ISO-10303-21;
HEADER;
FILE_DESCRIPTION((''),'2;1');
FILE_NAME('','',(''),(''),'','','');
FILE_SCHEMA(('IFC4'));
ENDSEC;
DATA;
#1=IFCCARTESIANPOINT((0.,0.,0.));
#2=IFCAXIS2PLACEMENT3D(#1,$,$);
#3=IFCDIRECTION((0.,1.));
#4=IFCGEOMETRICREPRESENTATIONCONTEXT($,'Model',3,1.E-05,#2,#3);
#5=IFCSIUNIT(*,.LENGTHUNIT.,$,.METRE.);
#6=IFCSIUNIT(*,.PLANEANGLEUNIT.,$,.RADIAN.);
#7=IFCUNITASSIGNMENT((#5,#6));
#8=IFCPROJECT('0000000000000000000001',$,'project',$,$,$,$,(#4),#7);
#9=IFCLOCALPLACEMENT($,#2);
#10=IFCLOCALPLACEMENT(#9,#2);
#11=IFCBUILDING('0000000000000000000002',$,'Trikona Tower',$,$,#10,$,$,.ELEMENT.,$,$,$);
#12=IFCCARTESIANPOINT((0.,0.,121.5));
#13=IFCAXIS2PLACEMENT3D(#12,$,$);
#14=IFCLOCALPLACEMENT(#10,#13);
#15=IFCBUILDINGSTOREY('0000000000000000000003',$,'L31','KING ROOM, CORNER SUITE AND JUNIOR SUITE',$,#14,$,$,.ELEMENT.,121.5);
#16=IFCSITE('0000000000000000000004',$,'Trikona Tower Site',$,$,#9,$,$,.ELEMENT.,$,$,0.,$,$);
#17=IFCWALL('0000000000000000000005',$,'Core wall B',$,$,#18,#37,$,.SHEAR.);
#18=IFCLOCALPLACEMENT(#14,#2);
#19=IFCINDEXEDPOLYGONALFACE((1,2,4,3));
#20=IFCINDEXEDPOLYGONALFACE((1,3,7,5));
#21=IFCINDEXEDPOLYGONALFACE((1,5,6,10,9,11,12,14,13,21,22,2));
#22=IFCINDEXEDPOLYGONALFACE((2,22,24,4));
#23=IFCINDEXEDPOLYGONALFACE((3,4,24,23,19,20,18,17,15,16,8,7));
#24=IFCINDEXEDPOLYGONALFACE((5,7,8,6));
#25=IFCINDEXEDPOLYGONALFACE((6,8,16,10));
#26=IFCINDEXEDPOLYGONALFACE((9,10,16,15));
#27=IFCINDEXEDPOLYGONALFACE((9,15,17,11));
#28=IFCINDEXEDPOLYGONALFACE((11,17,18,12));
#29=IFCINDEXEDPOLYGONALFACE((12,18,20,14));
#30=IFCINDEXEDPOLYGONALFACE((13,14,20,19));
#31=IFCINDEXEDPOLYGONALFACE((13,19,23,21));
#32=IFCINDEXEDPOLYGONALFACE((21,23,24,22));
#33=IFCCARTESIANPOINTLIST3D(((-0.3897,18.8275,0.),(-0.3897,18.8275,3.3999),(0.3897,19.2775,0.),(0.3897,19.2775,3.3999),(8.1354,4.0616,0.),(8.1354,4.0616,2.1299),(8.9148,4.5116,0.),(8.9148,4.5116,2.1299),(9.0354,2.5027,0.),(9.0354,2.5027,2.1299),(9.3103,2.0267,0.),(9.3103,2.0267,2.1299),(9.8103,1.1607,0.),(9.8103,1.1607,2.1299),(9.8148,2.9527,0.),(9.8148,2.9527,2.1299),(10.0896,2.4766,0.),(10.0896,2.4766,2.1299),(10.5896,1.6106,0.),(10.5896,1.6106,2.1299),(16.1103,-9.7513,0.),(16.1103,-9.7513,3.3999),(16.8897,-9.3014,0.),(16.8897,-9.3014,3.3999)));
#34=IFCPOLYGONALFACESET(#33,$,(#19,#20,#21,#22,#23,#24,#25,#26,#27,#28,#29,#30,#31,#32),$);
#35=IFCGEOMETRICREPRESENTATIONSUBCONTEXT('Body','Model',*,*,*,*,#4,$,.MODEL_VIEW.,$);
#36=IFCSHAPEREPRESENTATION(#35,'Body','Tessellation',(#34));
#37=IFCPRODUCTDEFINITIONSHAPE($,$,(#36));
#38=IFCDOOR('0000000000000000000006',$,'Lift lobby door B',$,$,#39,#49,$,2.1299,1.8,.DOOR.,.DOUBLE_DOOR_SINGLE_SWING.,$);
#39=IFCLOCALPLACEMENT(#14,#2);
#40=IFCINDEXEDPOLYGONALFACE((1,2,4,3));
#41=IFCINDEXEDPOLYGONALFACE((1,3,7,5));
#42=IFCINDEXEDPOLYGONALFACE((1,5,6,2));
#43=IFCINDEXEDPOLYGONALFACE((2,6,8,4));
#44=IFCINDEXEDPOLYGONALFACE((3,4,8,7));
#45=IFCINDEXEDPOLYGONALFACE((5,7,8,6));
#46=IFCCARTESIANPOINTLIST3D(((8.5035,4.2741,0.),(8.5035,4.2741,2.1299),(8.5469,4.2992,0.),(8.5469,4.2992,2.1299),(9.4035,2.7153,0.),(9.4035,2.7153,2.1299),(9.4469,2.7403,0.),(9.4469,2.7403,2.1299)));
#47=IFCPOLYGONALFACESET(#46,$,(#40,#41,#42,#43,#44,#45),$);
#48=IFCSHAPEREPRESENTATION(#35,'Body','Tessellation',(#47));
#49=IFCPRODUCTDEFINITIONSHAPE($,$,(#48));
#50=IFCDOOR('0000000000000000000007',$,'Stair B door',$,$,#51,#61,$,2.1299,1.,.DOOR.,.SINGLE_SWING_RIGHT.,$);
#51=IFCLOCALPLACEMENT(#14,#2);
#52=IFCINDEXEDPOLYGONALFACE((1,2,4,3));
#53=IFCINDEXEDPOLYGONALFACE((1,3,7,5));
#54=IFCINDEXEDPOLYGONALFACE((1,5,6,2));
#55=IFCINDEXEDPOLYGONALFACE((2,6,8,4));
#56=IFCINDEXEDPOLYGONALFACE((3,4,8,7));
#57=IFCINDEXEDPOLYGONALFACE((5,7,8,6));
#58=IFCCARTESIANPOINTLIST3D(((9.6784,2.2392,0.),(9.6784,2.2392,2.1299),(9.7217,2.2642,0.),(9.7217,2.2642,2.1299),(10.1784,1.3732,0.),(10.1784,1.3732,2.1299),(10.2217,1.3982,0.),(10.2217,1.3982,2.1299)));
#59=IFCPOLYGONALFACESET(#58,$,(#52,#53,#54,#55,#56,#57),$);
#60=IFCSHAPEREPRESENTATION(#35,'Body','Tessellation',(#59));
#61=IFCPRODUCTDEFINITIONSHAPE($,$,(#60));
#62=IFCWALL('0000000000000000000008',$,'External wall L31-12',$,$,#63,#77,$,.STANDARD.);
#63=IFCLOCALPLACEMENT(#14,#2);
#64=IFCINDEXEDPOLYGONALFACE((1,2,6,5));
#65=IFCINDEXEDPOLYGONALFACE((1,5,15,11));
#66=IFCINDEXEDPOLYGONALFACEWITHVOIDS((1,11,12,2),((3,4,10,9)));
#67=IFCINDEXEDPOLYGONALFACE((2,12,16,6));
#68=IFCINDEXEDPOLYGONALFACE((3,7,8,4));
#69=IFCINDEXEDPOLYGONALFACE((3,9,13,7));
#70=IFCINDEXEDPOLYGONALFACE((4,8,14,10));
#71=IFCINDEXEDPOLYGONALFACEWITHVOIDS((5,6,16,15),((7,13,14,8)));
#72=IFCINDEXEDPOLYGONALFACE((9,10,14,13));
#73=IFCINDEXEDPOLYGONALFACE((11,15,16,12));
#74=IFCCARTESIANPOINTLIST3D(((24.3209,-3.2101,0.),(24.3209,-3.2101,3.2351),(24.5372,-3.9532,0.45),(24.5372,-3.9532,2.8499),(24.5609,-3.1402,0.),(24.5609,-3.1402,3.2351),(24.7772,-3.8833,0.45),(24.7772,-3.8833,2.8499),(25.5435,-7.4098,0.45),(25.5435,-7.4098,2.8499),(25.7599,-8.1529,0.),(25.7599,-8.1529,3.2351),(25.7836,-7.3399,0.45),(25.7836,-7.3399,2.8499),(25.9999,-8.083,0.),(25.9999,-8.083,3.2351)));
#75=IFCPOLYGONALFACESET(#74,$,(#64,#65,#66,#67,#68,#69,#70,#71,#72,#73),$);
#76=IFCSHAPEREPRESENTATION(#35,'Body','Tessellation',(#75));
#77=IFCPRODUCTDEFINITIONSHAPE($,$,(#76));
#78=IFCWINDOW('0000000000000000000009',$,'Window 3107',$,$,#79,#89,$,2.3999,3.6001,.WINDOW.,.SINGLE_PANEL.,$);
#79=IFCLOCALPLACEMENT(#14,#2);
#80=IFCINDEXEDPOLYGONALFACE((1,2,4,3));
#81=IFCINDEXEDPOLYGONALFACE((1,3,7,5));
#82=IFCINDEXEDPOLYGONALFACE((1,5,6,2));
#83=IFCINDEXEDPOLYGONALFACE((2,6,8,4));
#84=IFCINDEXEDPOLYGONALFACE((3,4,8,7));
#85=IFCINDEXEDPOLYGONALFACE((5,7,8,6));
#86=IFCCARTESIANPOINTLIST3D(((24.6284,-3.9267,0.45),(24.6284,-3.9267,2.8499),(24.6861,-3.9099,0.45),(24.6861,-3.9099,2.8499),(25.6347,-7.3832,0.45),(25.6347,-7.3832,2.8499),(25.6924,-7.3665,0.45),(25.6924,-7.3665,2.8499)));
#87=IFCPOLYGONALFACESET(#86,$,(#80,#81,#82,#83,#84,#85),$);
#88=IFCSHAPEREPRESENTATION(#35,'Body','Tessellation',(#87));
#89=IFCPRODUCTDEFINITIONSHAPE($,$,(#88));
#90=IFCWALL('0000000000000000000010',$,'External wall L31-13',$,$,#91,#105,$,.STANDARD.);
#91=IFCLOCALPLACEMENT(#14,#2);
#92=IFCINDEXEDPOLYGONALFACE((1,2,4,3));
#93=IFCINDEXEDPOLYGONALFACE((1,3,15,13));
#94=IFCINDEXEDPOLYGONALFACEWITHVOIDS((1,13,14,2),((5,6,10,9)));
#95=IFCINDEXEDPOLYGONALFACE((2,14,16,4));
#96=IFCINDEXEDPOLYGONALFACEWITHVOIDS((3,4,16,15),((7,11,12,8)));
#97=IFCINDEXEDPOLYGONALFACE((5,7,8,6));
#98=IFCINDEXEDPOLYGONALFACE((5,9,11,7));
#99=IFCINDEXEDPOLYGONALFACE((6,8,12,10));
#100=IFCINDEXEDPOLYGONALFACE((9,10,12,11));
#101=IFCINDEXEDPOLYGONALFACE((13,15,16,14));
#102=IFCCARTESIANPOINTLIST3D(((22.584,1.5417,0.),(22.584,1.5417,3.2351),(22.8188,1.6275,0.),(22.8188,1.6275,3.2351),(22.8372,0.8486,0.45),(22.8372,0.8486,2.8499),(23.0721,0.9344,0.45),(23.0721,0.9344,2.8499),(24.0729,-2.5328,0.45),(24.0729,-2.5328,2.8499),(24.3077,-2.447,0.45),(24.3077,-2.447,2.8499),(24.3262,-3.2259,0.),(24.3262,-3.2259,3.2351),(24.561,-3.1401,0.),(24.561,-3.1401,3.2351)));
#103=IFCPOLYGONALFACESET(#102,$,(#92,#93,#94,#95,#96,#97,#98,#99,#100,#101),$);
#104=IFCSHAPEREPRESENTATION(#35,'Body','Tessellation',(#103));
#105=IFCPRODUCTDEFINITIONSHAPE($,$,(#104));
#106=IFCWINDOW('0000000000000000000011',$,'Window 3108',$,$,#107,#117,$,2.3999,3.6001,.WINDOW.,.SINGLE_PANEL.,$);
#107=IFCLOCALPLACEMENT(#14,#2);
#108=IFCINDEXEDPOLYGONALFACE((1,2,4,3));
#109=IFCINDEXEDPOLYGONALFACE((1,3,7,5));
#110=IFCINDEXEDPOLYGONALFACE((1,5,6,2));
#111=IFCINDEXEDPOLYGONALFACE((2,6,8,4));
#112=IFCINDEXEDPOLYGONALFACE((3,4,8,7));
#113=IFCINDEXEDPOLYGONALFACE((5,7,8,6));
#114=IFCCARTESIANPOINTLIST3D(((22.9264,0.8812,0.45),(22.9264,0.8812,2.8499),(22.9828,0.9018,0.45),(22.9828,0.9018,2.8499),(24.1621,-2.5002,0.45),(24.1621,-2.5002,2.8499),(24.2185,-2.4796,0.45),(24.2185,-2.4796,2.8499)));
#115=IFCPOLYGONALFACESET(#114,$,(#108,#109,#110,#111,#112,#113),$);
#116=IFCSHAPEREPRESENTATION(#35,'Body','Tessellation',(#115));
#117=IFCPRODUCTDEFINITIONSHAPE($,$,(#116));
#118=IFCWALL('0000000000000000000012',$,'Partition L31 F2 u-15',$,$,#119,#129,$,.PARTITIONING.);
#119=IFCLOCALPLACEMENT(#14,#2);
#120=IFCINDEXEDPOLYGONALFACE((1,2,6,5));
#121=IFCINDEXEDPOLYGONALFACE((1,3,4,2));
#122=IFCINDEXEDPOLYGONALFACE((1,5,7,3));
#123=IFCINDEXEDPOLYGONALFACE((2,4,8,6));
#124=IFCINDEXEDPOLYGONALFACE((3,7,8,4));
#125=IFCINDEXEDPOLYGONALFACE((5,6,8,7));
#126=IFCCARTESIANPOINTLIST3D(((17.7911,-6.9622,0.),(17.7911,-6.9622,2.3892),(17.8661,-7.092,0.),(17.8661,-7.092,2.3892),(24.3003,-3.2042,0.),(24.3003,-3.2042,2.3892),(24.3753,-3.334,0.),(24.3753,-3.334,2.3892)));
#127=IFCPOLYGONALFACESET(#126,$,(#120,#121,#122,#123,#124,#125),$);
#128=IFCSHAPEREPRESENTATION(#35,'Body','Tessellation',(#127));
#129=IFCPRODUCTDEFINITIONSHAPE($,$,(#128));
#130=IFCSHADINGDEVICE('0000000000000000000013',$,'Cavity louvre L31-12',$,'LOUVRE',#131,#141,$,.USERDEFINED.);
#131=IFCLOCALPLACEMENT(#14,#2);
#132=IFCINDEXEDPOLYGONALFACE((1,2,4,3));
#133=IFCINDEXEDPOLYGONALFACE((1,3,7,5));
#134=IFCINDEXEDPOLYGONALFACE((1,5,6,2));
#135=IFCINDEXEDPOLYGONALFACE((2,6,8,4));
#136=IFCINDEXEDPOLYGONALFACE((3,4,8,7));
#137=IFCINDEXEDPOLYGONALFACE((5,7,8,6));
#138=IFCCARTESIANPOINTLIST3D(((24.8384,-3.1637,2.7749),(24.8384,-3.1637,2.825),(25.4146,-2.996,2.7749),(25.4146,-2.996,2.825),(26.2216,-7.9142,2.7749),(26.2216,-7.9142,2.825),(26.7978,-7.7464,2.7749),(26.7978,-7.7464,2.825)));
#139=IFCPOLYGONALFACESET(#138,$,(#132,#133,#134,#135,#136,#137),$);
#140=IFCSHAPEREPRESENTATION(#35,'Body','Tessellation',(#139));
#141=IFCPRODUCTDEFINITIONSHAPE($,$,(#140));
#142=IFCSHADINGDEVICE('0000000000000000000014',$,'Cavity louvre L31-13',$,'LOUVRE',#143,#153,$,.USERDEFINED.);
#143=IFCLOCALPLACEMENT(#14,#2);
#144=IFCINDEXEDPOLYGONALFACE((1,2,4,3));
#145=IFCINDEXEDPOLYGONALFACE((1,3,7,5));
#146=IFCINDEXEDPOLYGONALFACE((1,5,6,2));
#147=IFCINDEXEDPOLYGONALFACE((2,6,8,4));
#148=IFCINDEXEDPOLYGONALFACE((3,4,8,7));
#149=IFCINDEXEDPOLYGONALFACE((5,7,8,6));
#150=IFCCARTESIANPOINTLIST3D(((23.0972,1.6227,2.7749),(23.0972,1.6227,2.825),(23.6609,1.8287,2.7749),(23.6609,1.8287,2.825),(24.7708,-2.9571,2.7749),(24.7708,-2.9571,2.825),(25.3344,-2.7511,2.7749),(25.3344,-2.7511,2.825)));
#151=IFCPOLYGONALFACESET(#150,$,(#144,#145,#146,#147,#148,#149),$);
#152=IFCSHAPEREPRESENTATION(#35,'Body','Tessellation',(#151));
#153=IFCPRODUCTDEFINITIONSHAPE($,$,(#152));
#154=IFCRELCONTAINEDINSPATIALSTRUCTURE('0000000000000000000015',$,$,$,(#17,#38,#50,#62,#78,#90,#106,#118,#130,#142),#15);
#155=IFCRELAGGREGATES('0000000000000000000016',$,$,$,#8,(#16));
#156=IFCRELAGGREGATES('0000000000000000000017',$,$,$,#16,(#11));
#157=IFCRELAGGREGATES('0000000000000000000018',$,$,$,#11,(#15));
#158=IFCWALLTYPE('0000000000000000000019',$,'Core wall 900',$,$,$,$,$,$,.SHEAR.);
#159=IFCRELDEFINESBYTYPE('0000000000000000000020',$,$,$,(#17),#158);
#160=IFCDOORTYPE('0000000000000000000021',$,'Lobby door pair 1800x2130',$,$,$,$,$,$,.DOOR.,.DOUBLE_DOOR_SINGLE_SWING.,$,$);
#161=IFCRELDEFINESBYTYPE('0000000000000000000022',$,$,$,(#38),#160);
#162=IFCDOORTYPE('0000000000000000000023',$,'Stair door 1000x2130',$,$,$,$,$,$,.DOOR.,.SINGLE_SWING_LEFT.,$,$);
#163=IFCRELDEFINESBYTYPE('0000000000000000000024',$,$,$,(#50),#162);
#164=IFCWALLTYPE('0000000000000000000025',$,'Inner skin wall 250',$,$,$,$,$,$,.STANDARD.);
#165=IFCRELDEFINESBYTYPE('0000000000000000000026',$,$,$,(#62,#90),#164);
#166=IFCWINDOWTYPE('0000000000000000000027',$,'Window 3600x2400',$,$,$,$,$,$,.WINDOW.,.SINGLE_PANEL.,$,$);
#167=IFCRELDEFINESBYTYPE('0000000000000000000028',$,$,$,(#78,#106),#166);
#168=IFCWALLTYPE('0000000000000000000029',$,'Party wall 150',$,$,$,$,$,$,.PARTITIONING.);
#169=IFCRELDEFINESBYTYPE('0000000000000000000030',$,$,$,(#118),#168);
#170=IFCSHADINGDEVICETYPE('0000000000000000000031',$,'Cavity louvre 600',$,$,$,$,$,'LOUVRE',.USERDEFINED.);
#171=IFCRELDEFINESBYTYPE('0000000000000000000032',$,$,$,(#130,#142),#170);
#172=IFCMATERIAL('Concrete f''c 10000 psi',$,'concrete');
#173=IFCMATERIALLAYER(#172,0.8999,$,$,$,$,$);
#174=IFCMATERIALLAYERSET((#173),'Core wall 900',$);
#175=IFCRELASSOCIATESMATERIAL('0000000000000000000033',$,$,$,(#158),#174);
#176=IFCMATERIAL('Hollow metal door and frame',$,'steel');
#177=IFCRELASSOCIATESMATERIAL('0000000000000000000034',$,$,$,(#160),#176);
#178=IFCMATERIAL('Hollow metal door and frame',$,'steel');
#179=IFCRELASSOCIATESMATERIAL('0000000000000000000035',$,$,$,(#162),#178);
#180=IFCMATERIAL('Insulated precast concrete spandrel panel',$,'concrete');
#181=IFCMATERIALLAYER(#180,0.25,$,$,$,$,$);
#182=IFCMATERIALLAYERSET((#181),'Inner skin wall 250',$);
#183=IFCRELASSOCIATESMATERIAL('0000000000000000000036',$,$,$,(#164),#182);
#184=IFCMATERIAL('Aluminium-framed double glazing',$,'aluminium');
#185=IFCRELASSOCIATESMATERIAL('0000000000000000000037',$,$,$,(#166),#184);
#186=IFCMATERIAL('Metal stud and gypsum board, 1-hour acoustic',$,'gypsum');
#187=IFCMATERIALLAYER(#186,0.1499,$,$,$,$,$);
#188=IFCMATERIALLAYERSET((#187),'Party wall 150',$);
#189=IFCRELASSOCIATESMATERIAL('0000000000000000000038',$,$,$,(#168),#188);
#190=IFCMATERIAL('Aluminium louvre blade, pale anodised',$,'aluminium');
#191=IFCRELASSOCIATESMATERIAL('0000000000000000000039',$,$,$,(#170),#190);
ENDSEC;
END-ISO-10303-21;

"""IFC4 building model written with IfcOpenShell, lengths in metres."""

from ifc_helpers import new_model, si_unit, direction, frame, frame_2d, origin, origin_2d, place, context, subcontext, project, spatial, rectangle, extrude, material, layer, layer_set, type_object, element, fill, save


model = new_model("IFC4")

# Units and contexts
model_context = context("Model", 3, precision=1e-05, world=origin(), true_north=direction((0.0, 1.0)))
body_context = subcontext(model_context, "Body", "Model", "MODEL_VIEW")
ifc_project = project(units=[si_unit("LENGTHUNIT", "METRE"), si_unit("PLANEANGLEUNIT", "RADIAN")], contexts=[model_context])

# Site, building, storey
site_placement = place(None, origin())
site = spatial("IfcSite", under=ifc_project, at=site_placement, Name="Trikona Tower Site", CompositionType="ELEMENT", RefElevation=0.0)
building_placement = place(site_placement, origin())
building = spatial("IfcBuilding", under=site, at=building_placement, Name="Trikona Tower", CompositionType="ELEMENT")
storey_placement = place(building_placement, frame((0.0, 0.0, 121.5)))
storey = spatial("IfcBuildingStorey", under=building, at=storey_placement, Name="L31", Description="KING ROOM, CORNER SUITE AND JUNIOR SUITE", CompositionType="ELEMENT", Elevation=121.5)

# Wall, openings, doors
ifc_material_1 = material(Name="Concrete f'c 10000 psi", Category="concrete")
ifc_layer_1 = layer(ifc_material_1, 0.8999)
ifc_layer_set_1 = layer_set([ifc_layer_1], Name="Core wall 900")
wall_type_1 = type_object("IfcWallType", Name="Core wall 900", PredefinedType="SHEAR", material=ifc_layer_set_1)
wall_1_placement = place(storey_placement, frame((16.5, -9.5264, 0.0), z_axis=(0.0, 0.0, 1.0), x_axis=(-0.5, 0.866026, 0.0)))
wall_1 = element("IfcWall", 1, at=wall_1_placement, inside=storey, type_object=wall_type_1, Name="Core wall B", PredefinedType="SHEAR", context=body_context, shape_type="SweptSolid", body=[
    extrude(rectangle(XDim=33.0, YDim=0.8999, at=frame_2d((16.5, 0.0))), origin(), (0.0, 0.0, 1.0), 3.3999),
])
opening_1_placement = place(wall_1_placement, frame((14.1499, 0.0, 0.0)))
opening_1 = element("IfcOpeningElement", 2, at=opening_1_placement, cuts=wall_1, PredefinedType="OPENING", context=body_context, shape_type="SweptSolid", body=[
    extrude(rectangle(XDim=1.8, YDim=2.1299, at=frame_2d((0.8999, 1.0649))), frame((0.0, 0.46, 0.0), z_axis=(0.0, -1.0, 0.0), x_axis=(1.0, 0.0, 0.0)), (0.0, 0.0, 1.0), 0.9199),
])
opening_2_placement = place(wall_1_placement, frame((12.6001, 0.0, 0.0)))
opening_2 = element("IfcOpeningElement", 3, at=opening_2_placement, cuts=wall_1, PredefinedType="OPENING", context=body_context, shape_type="SweptSolid", body=[
    extrude(rectangle(XDim=1.0, YDim=2.1299, at=frame_2d((0.5, 1.0649))), frame((0.0, 0.46, 0.0), z_axis=(0.0, -1.0, 0.0), x_axis=(1.0, 0.0, 0.0)), (0.0, 0.0, 1.0), 0.9199),
])
ifc_material_2 = material(Name="Hollow metal door and frame", Category="steel")
door_type_1 = type_object("IfcDoorType", Name="Lobby door pair 1800x2130", OperationType="DOUBLE_DOOR_SINGLE_SWING", PredefinedType="DOOR", material=ifc_material_2)
door_1_placement = place(opening_1_placement, origin())
door_1 = element("IfcDoor", 4, at=door_1_placement, inside=storey, type_object=door_type_1, Name="Lift lobby door B", OperationType="DOUBLE_DOOR_SINGLE_SWING", OverallHeight=2.1299, OverallWidth=1.8, PredefinedType="DOOR", context=body_context, shape_type="SweptSolid", body=[
    extrude(rectangle(XDim=1.8, YDim=2.1299, at=frame_2d((0.8999, 1.0649))), frame((0.0, 0.0249, 0.0), z_axis=(0.0, -1.0, 0.0), x_axis=(1.0, 0.0, 0.0)), (0.0, 0.0, 1.0), 0.05),
])
fill(opening_1, door_1)
ifc_material_3 = material(Name="Hollow metal door and frame", Category="steel")
door_type_2 = type_object("IfcDoorType", Name="Stair door 1000x2130", OperationType="SINGLE_SWING_LEFT", PredefinedType="DOOR", material=ifc_material_3)
door_2_placement = place(opening_2_placement, origin())
door_2 = element("IfcDoor", 5, at=door_2_placement, inside=storey, type_object=door_type_2, Name="Stair B door", OperationType="SINGLE_SWING_RIGHT", OverallHeight=2.1299, OverallWidth=1.0, PredefinedType="DOOR", context=body_context, shape_type="SweptSolid", body=[
    extrude(rectangle(XDim=1.0, YDim=2.1299, at=frame_2d((0.5, 1.0649))), frame((0.0, 0.0249, 0.0), z_axis=(0.0, -1.0, 0.0), x_axis=(1.0, 0.0, 0.0)), (0.0, 0.0, 1.0), 0.05),
])
fill(opening_2, door_2)

# Walls, openings, windows
ifc_material_4 = material(Name="Insulated precast concrete spandrel panel", Category="concrete")
ifc_layer_2 = layer(ifc_material_4, 0.25)
ifc_layer_set_2 = layer_set([ifc_layer_2], Name="Inner skin wall 250")
wall_type_2 = type_object("IfcWallType", Name="Inner skin wall 250", PredefinedType="STANDARD", material=ifc_layer_set_2)
wall_2_placement = place(storey_placement, frame((25.8799, -8.1179, 0.0), z_axis=(0.0, 0.0, 1.0), x_axis=(-0.279528, 0.960137, 0.0)))
wall_2 = element("IfcWall", 6, at=wall_2_placement, inside=storey, type_object=wall_type_2, Name="External wall L31-12", PredefinedType="STANDARD", context=body_context, shape_type="SweptSolid", body=[
    extrude(rectangle(XDim=5.1479, YDim=0.25, at=frame_2d((2.574, 0.0))), origin(), (0.0, 0.0, 1.0), 3.2351),
])
opening_3_placement = place(wall_2_placement, frame((0.7739, 0.0, 0.45)))
opening_3 = element("IfcOpeningElement", 7, at=opening_3_placement, cuts=wall_2, PredefinedType="OPENING", context=body_context, shape_type="SweptSolid", body=[
    extrude(rectangle(XDim=3.6001, YDim=2.3999, at=frame_2d((1.8, 1.2))), frame((0.0, 0.135, 0.0), z_axis=(0.0, -1.0, 0.0), x_axis=(1.0, 0.0, 0.0)), (0.0, 0.0, 1.0), 0.27),
])
ifc_material_5 = material(Name="Aluminium-framed double glazing", Category="aluminium")
window_type = type_object("IfcWindowType", Name="Window 3600x2400", PartitioningType="SINGLE_PANEL", PredefinedType="WINDOW", material=ifc_material_5)
window_1_placement = place(opening_3_placement, origin())
window_1 = element("IfcWindow", 8, at=window_1_placement, inside=storey, type_object=window_type, Name="Window 3107", OverallHeight=2.3999, OverallWidth=3.6001, PartitioningType="SINGLE_PANEL", PredefinedType="WINDOW", context=body_context, shape_type="SweptSolid", body=[
    extrude(rectangle(XDim=3.6001, YDim=2.3999, at=frame_2d((1.8, 1.2))), frame((0.0, 0.03, 0.0), z_axis=(0.0, -1.0, 0.0), x_axis=(1.0, 0.0, 0.0)), (0.0, 0.0, 1.0), 0.0601),
])
fill(opening_3, window_1)
wall_3_placement = place(storey_placement, frame((24.4436, -3.1831, 0.0), z_axis=(0.0, 0.0, 1.0), x_axis=(-0.343226, 0.939253, 0.0)))
wall_3 = element("IfcWall", 9, at=wall_3_placement, inside=storey, type_object=wall_type_2, Name="External wall L31-13", PredefinedType="STANDARD", context=body_context, shape_type="SweptSolid", body=[
    extrude(rectangle(XDim=5.0759, YDim=0.25, at=frame_2d((2.5381, 0.0))), origin(), (0.0, 0.0, 1.0), 3.2351),
])
opening_4_placement = place(wall_3_placement, frame((0.738, 0.0, 0.45)))
opening_4 = element("IfcOpeningElement", 10, at=opening_4_placement, cuts=wall_3, PredefinedType="OPENING", context=body_context, shape_type="SweptSolid", body=[
    extrude(rectangle(XDim=3.6001, YDim=2.3999, at=frame_2d((1.8, 1.2))), frame((0.0, 0.135, 0.0), z_axis=(0.0, -1.0, 0.0), x_axis=(1.0, 0.0, 0.0)), (0.0, 0.0, 1.0), 0.27),
])
window_2_placement = place(opening_4_placement, origin())
window_2 = element("IfcWindow", 11, at=window_2_placement, inside=storey, type_object=window_type, Name="Window 3108", OverallHeight=2.3999, OverallWidth=3.6001, PartitioningType="SINGLE_PANEL", PredefinedType="WINDOW", context=body_context, shape_type="SweptSolid", body=[
    extrude(rectangle(XDim=3.6001, YDim=2.3999, at=frame_2d((1.8, 1.2))), frame((0.0, 0.03, 0.0), z_axis=(0.0, -1.0, 0.0), x_axis=(1.0, 0.0, 0.0)), (0.0, 0.0, 1.0), 0.0601),
])
fill(opening_4, window_2)

# Wall
ifc_material_6 = material(Name="Metal stud and gypsum board, 1-hour acoustic", Category="gypsum")
ifc_layer_3 = layer(ifc_material_6, 0.1499)
ifc_layer_set_3 = layer_set([ifc_layer_3], Name="Party wall 150")
wall_type_3 = type_object("IfcWallType", Name="Party wall 150", PredefinedType="PARTITIONING", material=ifc_layer_set_3)
wall_4_placement = place(storey_placement, frame((17.8286, -7.0271, 0.0), z_axis=(0.0, 0.0, 1.0), x_axis=(0.86603, 0.499992, 0.0)))
element("IfcWall", 12, at=wall_4_placement, inside=storey, type_object=wall_type_3, Name="Partition L31 F2 u-15", PredefinedType="PARTITIONING", context=body_context, shape_type="SweptSolid", body=[
    extrude(rectangle(XDim=7.5161, YDim=0.1499, at=frame_2d((3.7581, 0.0))), origin(), (0.0, 0.0, 1.0), 2.3892),
])

# Shading devices
ifc_material_7 = material(Name="Aluminium louvre blade, pale anodised", Category="aluminium")
shading_device_type = type_object("IfcShadingDeviceType", Name="Cavity louvre 600", ElementType="LOUVRE", PredefinedType="USERDEFINED", material=ifc_material_7)
shading_device_1_placement = place(storey_placement, frame((25.8181, -5.4551, 2.7749), z_axis=(0.0, 0.0, 1.0), x_axis=(-0.279554, 0.96013, 0.0)))
element("IfcShadingDevice", 13, at=shading_device_1_placement, inside=storey, type_object=shading_device_type, Name="Cavity louvre L31-12", ObjectType="LOUVRE", PredefinedType="USERDEFINED", context=body_context, shape_type="SweptSolid", body=[
    extrude(rectangle(XDim=4.9478, YDim=0.6001, at=origin_2d()), origin(), (0.0, 0.0, 1.0), 0.05),
])
shading_device_2_placement = place(storey_placement, frame((24.2158, -0.5642, 2.7749), z_axis=(0.0, 0.0, 1.0), x_axis=(-0.34322, 0.939255, 0.0)))
element("IfcShadingDevice", 14, at=shading_device_2_placement, inside=storey, type_object=shading_device_type, Name="Cavity louvre L31-13", ObjectType="LOUVRE", PredefinedType="USERDEFINED", context=body_context, shape_type="SweptSolid", body=[
    extrude(rectangle(XDim=4.876, YDim=0.6001, at=origin_2d()), origin(), (0.0, 0.0, 1.0), 0.05),
])

save(model, "model.ifc")
